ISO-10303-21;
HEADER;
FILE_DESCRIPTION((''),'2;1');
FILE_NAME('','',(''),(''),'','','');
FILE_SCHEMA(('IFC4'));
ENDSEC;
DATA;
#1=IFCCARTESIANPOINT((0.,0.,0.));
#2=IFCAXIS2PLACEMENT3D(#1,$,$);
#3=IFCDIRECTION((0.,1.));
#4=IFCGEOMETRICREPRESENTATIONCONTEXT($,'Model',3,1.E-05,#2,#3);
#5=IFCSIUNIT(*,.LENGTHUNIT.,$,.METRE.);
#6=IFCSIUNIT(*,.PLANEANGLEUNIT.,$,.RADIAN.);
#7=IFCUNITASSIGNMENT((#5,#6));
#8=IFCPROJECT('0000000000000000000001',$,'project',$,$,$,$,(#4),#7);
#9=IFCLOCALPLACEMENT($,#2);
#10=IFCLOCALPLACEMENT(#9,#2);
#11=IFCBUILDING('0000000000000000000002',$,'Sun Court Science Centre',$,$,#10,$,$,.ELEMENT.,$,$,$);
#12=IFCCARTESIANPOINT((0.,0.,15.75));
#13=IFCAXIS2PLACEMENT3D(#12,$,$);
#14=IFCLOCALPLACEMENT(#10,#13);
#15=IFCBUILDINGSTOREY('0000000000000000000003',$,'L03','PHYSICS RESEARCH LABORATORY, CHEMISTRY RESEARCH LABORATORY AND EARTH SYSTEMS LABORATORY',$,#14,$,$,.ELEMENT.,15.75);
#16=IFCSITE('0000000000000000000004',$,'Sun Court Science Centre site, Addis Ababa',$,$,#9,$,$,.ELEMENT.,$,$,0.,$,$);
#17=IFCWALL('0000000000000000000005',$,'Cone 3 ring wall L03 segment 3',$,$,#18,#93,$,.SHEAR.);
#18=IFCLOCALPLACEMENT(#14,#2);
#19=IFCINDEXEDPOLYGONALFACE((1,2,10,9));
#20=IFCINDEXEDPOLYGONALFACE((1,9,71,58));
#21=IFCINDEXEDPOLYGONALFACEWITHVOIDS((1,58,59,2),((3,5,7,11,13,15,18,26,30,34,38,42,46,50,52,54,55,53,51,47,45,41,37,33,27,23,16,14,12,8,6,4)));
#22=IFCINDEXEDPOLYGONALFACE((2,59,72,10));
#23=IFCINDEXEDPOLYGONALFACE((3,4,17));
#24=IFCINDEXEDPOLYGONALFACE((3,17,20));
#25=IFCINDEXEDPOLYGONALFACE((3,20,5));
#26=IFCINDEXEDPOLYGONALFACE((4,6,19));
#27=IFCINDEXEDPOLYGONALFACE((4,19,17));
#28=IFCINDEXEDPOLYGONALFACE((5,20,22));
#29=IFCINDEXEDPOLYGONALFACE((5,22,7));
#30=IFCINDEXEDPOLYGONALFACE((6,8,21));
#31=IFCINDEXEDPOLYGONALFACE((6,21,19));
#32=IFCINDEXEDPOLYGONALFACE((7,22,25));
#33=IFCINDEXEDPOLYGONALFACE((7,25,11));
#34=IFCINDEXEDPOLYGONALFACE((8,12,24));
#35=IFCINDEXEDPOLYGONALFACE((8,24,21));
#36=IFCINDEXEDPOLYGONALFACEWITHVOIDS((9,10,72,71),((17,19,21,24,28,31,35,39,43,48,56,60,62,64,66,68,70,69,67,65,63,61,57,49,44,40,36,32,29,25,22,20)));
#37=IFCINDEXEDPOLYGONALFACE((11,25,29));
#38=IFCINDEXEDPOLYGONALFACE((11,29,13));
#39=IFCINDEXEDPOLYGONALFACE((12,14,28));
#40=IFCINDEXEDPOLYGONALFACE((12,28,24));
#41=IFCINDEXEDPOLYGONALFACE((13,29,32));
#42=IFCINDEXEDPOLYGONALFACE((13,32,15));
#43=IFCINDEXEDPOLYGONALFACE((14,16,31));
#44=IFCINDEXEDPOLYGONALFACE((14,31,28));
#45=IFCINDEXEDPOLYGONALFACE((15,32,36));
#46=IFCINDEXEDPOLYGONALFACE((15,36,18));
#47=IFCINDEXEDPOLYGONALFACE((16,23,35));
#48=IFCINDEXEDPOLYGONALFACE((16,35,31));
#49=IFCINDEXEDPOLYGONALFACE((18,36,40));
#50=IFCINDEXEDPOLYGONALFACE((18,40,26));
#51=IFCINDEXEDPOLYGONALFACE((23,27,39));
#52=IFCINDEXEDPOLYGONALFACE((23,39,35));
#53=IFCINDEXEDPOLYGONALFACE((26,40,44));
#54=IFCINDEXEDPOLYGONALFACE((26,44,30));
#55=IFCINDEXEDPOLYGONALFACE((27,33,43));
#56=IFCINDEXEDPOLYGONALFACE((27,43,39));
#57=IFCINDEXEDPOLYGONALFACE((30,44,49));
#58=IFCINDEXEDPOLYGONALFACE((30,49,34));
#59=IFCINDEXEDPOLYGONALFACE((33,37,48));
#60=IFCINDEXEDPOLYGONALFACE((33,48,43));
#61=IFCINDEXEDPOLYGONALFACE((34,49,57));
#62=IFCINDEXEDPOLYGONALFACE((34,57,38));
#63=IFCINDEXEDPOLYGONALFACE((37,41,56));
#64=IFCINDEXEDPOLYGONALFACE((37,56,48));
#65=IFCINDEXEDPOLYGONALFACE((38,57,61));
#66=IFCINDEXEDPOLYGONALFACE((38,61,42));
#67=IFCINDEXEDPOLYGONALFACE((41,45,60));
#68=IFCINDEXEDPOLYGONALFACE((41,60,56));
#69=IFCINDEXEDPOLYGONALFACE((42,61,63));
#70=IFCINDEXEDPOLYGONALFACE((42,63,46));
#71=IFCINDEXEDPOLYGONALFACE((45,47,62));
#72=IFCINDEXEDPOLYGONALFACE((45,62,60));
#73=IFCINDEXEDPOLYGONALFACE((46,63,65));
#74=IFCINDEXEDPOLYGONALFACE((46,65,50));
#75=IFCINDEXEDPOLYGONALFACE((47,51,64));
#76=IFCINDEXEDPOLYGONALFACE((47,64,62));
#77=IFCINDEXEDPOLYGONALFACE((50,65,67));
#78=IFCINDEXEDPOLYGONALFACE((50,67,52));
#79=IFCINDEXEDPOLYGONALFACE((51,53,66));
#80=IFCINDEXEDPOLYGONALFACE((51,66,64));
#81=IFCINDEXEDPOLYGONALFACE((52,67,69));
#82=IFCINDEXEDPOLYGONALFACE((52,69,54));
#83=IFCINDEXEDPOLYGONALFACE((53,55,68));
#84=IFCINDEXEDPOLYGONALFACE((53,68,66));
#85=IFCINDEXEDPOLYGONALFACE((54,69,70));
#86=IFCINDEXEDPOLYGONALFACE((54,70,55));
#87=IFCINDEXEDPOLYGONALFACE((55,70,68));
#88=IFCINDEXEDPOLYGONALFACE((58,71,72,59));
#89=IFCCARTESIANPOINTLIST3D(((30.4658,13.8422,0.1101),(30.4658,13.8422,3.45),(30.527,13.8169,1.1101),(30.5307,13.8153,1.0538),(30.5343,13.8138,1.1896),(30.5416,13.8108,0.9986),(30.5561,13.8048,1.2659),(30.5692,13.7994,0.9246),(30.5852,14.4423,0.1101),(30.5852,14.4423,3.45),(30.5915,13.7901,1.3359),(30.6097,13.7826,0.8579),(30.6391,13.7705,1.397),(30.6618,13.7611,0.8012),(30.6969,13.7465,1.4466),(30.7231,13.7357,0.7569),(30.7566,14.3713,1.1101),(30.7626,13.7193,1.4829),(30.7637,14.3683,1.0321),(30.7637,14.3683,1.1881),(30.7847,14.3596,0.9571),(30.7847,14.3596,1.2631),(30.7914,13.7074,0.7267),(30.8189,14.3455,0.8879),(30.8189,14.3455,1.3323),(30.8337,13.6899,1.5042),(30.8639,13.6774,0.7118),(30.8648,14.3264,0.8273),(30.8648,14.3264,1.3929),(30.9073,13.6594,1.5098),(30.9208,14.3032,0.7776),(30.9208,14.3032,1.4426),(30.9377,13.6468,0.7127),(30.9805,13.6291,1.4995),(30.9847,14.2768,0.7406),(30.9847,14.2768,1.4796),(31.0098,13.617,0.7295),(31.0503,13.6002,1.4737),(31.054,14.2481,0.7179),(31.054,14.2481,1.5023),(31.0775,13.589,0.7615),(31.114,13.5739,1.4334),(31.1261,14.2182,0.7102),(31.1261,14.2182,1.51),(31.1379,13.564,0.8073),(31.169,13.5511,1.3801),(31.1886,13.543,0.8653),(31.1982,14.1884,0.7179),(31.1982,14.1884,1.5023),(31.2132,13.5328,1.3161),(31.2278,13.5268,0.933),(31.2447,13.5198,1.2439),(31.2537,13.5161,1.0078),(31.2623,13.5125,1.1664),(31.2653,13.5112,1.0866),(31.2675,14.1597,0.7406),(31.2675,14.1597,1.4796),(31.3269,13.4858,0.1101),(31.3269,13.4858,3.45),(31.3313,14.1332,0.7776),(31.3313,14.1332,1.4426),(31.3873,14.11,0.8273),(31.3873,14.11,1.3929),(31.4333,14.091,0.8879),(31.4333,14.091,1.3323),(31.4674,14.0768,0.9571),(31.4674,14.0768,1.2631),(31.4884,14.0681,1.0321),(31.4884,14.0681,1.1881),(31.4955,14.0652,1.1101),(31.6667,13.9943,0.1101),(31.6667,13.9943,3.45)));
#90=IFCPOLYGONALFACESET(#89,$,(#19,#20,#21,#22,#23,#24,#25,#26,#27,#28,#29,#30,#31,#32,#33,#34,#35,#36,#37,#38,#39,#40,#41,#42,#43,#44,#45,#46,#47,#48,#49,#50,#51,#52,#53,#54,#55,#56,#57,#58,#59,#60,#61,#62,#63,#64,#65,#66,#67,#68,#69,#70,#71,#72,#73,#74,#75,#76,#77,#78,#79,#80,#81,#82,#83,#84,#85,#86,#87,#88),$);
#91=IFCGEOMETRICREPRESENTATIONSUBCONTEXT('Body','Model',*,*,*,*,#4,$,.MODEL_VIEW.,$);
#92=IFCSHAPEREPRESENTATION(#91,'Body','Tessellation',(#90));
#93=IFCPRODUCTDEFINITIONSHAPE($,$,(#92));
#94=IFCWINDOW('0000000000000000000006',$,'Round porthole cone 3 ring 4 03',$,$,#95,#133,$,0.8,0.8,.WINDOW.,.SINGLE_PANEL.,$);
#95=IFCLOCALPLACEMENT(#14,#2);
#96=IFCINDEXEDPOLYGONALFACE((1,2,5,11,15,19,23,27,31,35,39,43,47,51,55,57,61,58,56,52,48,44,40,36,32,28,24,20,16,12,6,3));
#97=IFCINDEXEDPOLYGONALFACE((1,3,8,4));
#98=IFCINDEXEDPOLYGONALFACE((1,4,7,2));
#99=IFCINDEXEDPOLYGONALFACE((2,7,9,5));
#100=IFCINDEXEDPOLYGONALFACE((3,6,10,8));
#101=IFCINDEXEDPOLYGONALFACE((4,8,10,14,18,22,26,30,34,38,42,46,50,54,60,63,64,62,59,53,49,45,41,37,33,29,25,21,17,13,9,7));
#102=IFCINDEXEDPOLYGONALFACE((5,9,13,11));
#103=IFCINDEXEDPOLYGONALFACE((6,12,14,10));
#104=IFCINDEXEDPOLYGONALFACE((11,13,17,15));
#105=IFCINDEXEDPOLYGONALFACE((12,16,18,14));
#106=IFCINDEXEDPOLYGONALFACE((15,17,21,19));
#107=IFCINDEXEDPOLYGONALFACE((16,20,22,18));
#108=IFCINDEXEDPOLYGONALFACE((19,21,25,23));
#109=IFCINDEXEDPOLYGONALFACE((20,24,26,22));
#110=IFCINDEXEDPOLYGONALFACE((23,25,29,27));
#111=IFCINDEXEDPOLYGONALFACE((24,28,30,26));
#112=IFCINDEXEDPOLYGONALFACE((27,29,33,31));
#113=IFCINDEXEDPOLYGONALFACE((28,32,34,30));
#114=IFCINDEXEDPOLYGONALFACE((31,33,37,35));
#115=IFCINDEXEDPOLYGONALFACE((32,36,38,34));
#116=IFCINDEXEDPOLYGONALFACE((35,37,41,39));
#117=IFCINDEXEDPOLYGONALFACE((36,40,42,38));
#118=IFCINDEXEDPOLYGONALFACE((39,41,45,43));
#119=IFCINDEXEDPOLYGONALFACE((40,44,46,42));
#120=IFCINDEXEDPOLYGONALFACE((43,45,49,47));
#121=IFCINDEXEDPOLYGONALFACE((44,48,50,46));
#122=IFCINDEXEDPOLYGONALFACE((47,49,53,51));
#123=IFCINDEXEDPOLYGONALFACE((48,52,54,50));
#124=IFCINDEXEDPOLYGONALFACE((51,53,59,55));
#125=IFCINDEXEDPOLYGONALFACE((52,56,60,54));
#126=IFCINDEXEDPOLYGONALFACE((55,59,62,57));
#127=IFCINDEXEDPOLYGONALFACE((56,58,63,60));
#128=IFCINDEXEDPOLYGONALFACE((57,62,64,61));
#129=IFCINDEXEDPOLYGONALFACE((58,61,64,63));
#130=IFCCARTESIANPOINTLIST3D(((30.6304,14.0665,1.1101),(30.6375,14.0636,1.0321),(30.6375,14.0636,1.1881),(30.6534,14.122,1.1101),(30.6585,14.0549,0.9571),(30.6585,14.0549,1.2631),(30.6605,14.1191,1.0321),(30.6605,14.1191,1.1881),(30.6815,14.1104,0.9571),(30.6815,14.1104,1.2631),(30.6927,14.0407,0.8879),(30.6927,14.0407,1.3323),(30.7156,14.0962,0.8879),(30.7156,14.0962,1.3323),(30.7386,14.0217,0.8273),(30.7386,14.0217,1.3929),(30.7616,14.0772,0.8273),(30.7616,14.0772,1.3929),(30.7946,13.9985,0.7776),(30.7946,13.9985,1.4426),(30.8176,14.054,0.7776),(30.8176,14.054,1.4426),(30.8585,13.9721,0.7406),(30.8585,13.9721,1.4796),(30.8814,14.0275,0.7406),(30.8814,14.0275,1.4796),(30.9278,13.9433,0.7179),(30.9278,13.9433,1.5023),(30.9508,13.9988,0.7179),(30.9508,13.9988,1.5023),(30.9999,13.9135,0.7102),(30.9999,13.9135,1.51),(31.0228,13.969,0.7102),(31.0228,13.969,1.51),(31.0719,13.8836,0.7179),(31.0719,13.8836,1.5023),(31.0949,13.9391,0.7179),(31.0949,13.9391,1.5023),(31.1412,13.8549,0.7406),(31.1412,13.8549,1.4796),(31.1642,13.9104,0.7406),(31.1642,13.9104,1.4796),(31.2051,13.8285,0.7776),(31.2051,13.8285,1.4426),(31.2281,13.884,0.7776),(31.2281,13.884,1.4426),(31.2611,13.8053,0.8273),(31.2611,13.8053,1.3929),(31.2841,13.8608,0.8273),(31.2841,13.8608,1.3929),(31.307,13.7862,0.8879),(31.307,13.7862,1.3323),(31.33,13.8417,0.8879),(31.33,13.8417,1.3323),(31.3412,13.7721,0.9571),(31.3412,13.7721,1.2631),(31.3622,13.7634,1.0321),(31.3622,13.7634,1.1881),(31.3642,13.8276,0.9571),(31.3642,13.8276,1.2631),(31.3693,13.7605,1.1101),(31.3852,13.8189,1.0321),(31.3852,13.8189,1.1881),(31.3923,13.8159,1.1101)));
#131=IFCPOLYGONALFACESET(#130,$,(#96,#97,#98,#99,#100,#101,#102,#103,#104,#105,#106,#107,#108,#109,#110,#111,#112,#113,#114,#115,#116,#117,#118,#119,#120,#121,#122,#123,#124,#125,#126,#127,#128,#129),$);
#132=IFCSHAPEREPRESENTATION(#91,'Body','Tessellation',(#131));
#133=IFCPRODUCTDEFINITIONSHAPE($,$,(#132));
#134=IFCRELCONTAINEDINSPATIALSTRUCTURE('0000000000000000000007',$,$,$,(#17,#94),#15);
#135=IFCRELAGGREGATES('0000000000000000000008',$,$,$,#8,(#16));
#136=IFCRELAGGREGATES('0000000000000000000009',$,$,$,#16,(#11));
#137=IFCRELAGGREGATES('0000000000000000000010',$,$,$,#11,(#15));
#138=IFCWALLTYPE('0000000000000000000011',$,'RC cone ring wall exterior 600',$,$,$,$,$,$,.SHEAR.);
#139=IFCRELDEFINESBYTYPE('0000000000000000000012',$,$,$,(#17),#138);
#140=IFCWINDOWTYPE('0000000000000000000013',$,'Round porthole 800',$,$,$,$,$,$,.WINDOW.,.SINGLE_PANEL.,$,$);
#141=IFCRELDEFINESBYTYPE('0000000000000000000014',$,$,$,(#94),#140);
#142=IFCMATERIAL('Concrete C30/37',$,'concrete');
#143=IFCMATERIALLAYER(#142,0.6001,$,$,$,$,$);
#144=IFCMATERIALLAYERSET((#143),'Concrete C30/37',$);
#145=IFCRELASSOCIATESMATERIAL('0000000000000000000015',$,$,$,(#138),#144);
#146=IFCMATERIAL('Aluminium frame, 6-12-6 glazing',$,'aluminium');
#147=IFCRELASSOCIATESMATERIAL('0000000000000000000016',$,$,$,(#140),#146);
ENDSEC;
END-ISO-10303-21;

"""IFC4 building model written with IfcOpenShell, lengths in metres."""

from ifc_helpers import new_model, si_unit, direction, frame, frame_2d, origin, place, context, subcontext, project, spatial, polyline, circle, outline, extrude, material, layer, layer_set, type_object, element, fill, save


model = new_model("IFC4")

# Units and contexts
model_context = context("Model", 3, precision=1e-05, world=origin(), true_north=direction((0.0, 1.0)))
body_context = subcontext(model_context, "Body", "Model", "MODEL_VIEW")
ifc_project = project(units=[si_unit("LENGTHUNIT", "METRE"), si_unit("PLANEANGLEUNIT", "RADIAN")], contexts=[model_context])

# Site, building, storey
site_placement = place(None, origin())
site = spatial("IfcSite", under=ifc_project, at=site_placement, Name="Sun Court Science Centre site, Addis Ababa", CompositionType="ELEMENT", RefElevation=0.0)
building_placement = place(site_placement, origin())
building = spatial("IfcBuilding", under=site, at=building_placement, Name="Sun Court Science Centre", CompositionType="ELEMENT")
storey_placement = place(building_placement, frame((0.0, 0.0, 15.75)))
storey = spatial("IfcBuildingStorey", under=building, at=storey_placement, Name="L03", Description="PHYSICS RESEARCH LABORATORY, CHEMISTRY RESEARCH LABORATORY AND EARTH SYSTEMS LABORATORY", CompositionType="ELEMENT", Elevation=15.75)

# Wall, opening, window
ifc_material_1 = material(Name="Concrete C30/37", Category="concrete")
ifc_layer_1 = layer(ifc_material_1, 0.6001)
ifc_layer_set_1 = layer_set([ifc_layer_1], Name="Concrete C30/37")
wall_type_1 = type_object("IfcWallType", Name="RC cone ring wall exterior 600", PredefinedType="SHEAR", material=ifc_layer_set_1)
wall_1_placement = place(storey_placement, frame((31.552, 13.7173, 0.1101), z_axis=(0.0, 0.0, 1.0), x_axis=(-0.923877, 0.382689, 0.0)))
wall_1 = element("IfcWall", 1, at=wall_1_placement, inside=storey, type_object=wall_type_1, Name="Cone 3 ring wall L03 segment 3", PredefinedType="SHEAR", context=body_context, shape_type="SweptSolid", body=[
    extrude(outline(polyline([(0.0, -0.2998), (1.1707, -0.2998), (1.0513, 0.3003), (0.1194, 0.3), (0.0, -0.2998)])), origin(), (0.0, 0.0, 1.0), 3.3398),
])
opening_placement = place(wall_1_placement, frame((0.1853, 0.0, 0.6001)))
opening = element("IfcOpeningElement", 2, at=opening_placement, cuts=wall_1, PredefinedType="OPENING", context=body_context, shape_type="SweptSolid", body=[
    extrude(circle(Radius=0.3999, at=frame_2d((0.3999, 0.3999))), frame((0.0, 0.3101, 0.0), z_axis=(0.0, -1.0, 0.0), x_axis=(1.0, 0.0, 0.0)), (0.0, 0.0, 1.0), 0.6201),
])
ifc_material_2 = material(Name="Aluminium frame, 6-12-6 glazing", Category="aluminium")
window_type = type_object("IfcWindowType", Name="Round porthole 800", PartitioningType="SINGLE_PANEL", PredefinedType="WINDOW", material=ifc_material_2)
window_placement = place(opening_placement, origin())
window = element("IfcWindow", 3, at=window_placement, inside=storey, type_object=window_type, Name="Round porthole cone 3 ring 4 03", OverallHeight=0.8, OverallWidth=0.8, PartitioningType="SINGLE_PANEL", PredefinedType="WINDOW", context=body_context, shape_type="SweptSolid", body=[
    extrude(circle(Radius=0.3999, at=frame_2d((0.3999, 0.3999))), frame((0.0, 0.03, 0.0), z_axis=(0.0, -1.0, 0.0), x_axis=(1.0, 0.0, 0.0)), (0.0, 0.0, 1.0), 0.0601),
])
fill(opening, window)

save(model, "model.ifc")
